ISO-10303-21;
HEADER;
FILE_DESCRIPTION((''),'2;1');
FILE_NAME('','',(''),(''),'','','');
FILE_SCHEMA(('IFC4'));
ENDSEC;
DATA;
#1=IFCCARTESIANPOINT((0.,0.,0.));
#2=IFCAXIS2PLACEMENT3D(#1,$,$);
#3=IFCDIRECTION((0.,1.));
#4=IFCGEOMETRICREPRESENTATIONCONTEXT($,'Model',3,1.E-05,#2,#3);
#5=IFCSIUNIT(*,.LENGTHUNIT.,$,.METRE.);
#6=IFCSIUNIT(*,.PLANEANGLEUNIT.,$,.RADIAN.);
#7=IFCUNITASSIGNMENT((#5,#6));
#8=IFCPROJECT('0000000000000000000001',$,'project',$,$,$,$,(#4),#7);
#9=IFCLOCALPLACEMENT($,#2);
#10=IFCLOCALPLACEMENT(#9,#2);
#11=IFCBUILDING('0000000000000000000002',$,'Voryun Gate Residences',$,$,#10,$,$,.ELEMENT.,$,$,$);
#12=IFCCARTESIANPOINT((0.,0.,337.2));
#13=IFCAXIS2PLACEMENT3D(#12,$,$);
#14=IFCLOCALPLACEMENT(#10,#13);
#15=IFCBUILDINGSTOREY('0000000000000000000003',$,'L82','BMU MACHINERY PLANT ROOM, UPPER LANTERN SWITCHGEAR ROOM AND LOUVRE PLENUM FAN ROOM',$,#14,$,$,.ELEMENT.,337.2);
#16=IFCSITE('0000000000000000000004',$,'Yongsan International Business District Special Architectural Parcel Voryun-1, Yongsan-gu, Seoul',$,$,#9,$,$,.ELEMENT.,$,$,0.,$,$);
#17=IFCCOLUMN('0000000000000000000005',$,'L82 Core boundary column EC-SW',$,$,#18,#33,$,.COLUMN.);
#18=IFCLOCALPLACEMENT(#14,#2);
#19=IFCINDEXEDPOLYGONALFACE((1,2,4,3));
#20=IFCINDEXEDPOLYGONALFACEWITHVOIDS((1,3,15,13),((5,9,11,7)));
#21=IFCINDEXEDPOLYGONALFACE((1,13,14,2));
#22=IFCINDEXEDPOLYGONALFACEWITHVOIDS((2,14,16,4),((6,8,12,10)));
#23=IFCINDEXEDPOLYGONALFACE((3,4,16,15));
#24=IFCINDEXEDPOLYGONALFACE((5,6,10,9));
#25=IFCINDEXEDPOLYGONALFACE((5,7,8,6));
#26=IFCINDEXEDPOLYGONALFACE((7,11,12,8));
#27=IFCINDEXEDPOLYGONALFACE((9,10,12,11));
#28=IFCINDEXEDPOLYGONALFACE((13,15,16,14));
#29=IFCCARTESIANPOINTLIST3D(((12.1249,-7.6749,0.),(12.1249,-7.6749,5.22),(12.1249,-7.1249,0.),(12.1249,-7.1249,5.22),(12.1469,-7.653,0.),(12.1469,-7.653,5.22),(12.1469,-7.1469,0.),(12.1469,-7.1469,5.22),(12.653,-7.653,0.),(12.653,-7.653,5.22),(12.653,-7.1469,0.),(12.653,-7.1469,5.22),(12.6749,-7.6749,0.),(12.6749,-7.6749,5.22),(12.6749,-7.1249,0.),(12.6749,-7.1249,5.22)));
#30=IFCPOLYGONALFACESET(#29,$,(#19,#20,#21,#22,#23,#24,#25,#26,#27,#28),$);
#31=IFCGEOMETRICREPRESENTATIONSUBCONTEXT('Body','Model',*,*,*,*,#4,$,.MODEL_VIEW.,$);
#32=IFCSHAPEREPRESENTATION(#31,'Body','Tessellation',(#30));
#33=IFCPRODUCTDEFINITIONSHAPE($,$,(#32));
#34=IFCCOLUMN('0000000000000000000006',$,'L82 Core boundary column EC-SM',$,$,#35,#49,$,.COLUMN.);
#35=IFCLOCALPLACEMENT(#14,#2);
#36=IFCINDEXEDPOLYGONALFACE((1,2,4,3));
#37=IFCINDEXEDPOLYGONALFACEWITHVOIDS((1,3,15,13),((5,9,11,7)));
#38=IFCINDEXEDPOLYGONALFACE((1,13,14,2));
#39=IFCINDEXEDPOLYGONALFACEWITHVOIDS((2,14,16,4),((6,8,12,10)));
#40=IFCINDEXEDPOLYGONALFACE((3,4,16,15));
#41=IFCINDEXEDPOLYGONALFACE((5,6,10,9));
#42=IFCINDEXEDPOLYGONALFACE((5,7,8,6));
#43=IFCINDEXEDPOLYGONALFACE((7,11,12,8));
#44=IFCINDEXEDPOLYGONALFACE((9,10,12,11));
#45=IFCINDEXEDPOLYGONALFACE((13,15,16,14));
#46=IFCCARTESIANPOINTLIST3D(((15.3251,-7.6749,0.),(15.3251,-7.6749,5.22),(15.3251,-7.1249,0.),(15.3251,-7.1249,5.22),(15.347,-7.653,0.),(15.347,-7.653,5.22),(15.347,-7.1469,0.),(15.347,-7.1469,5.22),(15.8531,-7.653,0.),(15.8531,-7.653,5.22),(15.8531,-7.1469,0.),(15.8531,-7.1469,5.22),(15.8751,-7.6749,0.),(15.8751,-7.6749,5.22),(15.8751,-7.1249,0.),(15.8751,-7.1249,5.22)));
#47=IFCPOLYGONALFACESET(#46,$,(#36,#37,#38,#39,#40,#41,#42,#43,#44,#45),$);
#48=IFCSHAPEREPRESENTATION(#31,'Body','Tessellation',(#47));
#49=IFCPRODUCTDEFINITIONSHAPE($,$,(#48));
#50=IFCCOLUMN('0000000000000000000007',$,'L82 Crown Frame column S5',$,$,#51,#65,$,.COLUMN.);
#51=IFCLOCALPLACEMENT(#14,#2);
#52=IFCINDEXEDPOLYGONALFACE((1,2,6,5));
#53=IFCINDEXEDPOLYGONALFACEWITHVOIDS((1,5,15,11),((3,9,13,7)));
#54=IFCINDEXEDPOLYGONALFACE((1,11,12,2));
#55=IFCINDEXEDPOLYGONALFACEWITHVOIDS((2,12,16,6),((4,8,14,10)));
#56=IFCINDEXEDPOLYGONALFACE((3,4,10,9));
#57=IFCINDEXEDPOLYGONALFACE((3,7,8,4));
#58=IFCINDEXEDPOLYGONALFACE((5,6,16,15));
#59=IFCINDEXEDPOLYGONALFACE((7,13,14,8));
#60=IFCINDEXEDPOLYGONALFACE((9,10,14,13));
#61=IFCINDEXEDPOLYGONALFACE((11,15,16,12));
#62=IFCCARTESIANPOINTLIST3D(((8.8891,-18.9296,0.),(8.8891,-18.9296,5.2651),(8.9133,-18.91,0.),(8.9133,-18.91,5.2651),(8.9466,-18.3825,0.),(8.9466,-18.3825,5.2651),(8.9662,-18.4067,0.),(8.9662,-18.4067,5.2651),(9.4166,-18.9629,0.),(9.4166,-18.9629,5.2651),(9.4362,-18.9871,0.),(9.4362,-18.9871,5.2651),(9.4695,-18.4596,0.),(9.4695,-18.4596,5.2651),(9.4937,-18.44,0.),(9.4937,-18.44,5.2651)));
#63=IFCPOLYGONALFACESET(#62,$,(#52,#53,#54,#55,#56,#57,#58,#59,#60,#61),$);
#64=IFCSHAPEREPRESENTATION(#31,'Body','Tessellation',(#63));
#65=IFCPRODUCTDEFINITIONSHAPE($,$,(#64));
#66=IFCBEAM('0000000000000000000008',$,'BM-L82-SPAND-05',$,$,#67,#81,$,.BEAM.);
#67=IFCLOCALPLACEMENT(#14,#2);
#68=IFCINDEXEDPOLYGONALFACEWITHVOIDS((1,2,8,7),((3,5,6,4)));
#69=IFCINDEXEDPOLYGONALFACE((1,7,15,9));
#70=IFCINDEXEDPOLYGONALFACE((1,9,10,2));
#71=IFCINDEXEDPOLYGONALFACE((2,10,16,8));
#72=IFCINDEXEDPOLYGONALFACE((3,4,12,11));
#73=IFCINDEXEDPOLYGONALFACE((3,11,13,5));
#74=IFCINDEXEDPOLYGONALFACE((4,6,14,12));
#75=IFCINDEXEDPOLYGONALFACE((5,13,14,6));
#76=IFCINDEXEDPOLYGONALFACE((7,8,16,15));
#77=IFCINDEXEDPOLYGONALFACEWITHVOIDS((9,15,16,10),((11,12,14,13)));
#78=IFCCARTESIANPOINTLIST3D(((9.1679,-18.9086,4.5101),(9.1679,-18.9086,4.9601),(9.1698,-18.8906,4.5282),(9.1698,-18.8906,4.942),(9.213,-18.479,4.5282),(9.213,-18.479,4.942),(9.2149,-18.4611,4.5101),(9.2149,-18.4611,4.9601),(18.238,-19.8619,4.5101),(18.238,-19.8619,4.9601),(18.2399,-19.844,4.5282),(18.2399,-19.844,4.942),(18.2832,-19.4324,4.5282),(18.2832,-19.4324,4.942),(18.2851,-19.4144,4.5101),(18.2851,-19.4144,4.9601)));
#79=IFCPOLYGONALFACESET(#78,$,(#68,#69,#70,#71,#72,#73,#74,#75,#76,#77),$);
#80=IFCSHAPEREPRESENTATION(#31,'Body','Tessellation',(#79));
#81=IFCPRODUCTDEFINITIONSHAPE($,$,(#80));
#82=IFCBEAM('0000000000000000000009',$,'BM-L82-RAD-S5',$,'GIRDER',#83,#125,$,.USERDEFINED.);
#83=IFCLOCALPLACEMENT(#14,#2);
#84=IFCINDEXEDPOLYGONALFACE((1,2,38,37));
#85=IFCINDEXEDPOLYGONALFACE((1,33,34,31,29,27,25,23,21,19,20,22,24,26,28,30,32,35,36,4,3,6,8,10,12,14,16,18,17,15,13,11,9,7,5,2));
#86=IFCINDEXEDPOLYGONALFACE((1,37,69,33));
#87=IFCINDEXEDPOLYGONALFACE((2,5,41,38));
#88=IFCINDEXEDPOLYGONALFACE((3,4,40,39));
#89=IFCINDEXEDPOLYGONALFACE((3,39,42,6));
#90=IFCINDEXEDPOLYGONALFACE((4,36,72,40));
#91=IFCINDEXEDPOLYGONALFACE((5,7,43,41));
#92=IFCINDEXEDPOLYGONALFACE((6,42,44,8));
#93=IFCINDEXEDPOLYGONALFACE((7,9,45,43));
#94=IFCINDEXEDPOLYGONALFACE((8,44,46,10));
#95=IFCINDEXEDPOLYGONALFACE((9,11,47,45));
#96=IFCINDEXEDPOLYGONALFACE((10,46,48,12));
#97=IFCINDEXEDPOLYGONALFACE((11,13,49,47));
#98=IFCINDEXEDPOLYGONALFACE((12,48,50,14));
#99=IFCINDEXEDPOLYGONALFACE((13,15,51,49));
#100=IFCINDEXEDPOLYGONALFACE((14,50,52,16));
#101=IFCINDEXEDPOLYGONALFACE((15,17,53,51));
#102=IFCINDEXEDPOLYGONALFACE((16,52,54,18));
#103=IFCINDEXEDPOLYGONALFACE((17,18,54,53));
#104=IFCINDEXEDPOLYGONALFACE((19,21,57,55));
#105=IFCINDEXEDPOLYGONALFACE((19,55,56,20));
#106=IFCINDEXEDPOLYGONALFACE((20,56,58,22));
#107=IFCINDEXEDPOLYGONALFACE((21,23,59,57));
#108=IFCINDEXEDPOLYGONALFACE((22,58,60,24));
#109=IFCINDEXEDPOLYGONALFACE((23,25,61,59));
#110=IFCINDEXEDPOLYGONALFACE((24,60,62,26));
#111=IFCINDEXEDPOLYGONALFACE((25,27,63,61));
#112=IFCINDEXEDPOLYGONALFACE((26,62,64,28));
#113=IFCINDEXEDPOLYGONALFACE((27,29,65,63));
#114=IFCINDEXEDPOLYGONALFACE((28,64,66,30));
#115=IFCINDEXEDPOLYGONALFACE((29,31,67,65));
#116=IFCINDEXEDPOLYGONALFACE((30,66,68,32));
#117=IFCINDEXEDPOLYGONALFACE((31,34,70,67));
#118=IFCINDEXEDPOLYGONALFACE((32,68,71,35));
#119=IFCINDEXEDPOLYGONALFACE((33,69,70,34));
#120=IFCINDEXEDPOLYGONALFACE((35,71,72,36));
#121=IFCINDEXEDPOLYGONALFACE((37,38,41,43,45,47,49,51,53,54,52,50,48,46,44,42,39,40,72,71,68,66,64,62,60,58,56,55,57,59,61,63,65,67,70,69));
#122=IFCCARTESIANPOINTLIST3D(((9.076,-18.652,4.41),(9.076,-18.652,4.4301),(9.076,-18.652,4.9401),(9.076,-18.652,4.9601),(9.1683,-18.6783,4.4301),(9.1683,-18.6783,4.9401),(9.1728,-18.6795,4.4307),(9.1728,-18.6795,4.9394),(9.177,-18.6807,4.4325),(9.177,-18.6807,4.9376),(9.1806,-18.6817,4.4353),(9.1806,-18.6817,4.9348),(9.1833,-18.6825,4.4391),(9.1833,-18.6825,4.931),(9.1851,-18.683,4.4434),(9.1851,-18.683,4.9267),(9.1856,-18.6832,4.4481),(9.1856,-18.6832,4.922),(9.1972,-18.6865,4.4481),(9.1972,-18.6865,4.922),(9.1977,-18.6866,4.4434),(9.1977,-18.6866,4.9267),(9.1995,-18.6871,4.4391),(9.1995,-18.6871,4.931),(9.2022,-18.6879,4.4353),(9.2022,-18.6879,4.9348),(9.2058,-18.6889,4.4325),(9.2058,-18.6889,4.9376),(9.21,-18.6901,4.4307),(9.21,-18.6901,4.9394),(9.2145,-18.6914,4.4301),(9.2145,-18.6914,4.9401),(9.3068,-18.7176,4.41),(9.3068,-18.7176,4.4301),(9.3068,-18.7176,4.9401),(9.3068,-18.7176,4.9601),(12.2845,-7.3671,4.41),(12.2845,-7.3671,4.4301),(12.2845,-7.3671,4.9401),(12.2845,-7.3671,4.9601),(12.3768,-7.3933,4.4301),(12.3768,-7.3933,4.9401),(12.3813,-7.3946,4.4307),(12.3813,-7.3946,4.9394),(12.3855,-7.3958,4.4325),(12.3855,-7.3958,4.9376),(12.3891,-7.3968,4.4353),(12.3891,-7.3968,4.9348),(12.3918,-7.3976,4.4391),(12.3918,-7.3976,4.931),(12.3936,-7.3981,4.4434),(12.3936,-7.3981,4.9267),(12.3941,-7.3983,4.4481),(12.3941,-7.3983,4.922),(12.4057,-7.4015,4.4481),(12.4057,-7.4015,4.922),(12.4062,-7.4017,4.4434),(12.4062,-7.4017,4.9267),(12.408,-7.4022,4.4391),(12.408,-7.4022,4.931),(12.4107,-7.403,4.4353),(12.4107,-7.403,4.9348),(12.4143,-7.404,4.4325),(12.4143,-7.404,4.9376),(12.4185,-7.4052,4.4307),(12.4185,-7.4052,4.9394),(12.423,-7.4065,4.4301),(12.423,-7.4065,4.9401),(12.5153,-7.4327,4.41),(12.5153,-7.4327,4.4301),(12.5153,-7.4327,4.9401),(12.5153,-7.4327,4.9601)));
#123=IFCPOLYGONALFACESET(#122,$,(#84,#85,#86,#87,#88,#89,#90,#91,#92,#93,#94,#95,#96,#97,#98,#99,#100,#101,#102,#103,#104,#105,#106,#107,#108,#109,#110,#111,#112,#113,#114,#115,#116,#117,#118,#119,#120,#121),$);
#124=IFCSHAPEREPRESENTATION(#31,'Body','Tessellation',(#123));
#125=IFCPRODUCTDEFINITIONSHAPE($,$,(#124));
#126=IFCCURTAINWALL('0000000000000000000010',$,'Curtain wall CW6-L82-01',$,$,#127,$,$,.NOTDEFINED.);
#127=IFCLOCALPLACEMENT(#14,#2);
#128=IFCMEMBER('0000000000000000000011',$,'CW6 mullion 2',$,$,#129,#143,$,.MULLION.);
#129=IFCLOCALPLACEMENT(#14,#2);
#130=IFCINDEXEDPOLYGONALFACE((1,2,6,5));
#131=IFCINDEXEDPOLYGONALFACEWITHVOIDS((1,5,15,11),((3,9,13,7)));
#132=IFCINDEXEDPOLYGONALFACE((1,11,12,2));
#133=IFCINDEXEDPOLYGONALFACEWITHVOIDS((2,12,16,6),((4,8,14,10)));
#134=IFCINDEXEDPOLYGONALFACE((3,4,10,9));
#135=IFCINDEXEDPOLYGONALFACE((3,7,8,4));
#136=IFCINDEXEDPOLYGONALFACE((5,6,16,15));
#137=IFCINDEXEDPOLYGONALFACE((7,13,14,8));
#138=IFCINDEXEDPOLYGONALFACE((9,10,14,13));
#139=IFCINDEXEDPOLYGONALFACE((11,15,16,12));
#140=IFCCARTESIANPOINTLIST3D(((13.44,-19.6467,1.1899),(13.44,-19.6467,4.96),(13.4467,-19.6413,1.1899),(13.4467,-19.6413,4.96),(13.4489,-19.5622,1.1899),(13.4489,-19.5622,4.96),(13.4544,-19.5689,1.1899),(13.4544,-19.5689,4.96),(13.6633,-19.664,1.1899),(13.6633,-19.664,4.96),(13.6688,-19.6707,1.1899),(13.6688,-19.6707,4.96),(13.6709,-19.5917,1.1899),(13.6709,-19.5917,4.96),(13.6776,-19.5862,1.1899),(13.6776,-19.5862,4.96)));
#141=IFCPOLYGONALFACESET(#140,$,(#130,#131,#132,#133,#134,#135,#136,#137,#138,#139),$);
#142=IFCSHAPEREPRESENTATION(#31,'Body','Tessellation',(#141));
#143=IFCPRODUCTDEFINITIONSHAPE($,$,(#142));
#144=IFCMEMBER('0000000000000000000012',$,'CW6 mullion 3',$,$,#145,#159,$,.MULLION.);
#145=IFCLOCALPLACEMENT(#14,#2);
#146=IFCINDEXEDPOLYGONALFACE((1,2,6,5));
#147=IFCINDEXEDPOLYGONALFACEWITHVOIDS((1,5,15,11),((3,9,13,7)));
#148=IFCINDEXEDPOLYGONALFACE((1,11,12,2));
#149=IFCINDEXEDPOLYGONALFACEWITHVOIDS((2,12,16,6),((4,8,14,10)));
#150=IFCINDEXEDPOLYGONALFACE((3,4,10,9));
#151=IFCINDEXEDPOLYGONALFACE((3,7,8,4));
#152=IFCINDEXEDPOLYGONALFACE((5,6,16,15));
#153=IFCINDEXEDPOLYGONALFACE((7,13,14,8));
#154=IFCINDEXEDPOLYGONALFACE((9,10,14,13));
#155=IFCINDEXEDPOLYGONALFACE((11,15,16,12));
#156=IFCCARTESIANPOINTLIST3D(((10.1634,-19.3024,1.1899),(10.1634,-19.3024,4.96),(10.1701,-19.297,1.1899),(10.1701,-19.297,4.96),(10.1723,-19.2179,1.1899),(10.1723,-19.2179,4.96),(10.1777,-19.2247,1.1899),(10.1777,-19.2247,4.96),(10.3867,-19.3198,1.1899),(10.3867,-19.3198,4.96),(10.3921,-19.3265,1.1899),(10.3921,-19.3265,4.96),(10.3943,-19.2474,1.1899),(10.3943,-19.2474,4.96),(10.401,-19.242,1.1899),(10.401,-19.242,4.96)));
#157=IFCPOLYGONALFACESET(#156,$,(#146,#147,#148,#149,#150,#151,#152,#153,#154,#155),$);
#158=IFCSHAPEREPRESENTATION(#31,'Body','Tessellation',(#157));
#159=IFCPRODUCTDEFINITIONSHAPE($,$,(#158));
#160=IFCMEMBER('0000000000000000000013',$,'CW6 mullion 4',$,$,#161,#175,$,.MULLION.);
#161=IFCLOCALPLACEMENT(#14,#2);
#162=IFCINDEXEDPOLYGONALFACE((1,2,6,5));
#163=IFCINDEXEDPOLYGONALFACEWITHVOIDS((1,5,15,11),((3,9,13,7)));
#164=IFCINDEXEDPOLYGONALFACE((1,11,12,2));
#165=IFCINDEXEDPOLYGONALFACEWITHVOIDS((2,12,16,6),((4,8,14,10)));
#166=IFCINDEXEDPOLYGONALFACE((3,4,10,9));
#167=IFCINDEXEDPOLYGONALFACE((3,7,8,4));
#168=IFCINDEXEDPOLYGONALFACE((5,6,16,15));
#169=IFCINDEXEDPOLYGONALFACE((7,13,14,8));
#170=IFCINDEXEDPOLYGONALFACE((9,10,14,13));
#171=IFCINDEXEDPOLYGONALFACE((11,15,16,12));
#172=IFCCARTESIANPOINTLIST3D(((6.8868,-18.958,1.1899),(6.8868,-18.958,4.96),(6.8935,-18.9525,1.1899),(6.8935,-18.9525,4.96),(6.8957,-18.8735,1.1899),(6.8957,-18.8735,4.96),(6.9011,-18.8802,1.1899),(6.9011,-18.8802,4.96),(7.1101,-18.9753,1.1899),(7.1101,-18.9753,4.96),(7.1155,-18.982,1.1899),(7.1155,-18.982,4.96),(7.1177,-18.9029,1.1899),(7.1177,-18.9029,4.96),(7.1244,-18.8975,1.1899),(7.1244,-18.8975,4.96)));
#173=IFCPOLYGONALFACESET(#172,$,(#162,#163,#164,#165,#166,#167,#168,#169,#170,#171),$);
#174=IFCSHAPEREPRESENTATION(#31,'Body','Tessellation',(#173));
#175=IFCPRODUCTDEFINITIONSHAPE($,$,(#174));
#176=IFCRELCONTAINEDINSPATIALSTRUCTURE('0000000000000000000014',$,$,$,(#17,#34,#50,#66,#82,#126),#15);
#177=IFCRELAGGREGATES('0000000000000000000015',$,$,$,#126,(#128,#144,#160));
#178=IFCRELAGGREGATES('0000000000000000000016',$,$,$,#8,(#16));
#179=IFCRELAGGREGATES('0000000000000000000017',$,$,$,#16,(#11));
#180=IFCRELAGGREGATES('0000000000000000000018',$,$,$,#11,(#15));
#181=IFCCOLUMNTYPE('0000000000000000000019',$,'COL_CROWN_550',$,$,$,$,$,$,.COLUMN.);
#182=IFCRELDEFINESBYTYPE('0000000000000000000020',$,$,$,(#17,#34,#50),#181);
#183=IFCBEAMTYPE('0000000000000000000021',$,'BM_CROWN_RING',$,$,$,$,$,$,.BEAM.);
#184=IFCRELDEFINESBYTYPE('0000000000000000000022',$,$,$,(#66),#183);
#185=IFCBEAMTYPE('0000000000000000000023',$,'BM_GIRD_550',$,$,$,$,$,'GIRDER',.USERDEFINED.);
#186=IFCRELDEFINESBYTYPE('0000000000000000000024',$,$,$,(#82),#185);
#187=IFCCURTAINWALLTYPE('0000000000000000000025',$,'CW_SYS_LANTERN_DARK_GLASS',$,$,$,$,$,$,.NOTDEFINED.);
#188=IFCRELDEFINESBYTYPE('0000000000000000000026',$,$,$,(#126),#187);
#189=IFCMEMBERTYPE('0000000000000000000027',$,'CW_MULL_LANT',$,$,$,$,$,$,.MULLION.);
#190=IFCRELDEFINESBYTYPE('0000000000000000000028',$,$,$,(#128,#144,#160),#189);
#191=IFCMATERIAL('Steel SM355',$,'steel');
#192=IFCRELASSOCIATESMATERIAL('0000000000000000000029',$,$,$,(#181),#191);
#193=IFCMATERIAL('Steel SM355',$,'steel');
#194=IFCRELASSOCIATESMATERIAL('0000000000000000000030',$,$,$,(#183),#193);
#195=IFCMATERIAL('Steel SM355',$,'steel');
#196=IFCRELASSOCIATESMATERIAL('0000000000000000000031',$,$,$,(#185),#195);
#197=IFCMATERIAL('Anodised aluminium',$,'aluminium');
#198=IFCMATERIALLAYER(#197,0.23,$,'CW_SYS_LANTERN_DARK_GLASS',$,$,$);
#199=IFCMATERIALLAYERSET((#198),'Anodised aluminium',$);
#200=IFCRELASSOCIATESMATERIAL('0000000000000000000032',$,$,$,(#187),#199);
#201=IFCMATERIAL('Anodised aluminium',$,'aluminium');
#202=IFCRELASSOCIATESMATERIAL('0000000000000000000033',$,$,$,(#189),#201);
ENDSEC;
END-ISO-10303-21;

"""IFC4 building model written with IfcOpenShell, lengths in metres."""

from ifc_helpers import new_model, si_unit, direction, frame, origin, origin_2d, place, context, subcontext, project, spatial, hollow_rectangle, i_section, extrude, material, layer, layer_set, material_profile, profile_set, type_object, element, aggregate, save


model = new_model("IFC4")

# Units and contexts
model_context = context("Model", 3, precision=1e-05, world=origin(), true_north=direction((0.0, 1.0)))
body_context = subcontext(model_context, "Body", "Model", "MODEL_VIEW")
ifc_project = project(units=[si_unit("LENGTHUNIT", "METRE"), si_unit("PLANEANGLEUNIT", "RADIAN")], contexts=[model_context])

# Site, building, storey
site_placement = place(None, origin())
site = spatial("IfcSite", under=ifc_project, at=site_placement, Name="Yongsan International Business District Special Architectural Parcel Voryun-1, Yongsan-gu, Seoul", CompositionType="ELEMENT", RefElevation=0.0)
building_placement = place(site_placement, origin())
building = spatial("IfcBuilding", under=site, at=building_placement, Name="Voryun Gate Residences", CompositionType="ELEMENT")
storey_placement = place(building_placement, frame((0.0, 0.0, 337.2)))
storey = spatial("IfcBuildingStorey", under=building, at=storey_placement, Name="L82", Description="BMU MACHINERY PLANT ROOM, UPPER LANTERN SWITCHGEAR ROOM AND LOUVRE PLENUM FAN ROOM", CompositionType="ELEMENT", Elevation=337.2)

# Columns
ifc_material_1 = material(Name="Steel SM355", Category="steel")
ifc_material_profile_1 = material_profile(ifc_material_1, hollow_rectangle(XDim=0.55, YDim=0.55, WallThickness=0.022, at=origin_2d()), Name="BOX-550x550x22")
ifc_profile_set_1 = profile_set([ifc_material_profile_1], Name="Steel SM355")
column_type = type_object("IfcColumnType", Name="COL_CROWN_550", PredefinedType="COLUMN", material=ifc_profile_set_1)
for number, where, z_axis, x_axis, name in (
    (1, (12.3999, -7.3999, 0.0), (0.0, 0.0, 1.0), (1.0, 0.0, 0.0), "L82 Core boundary column EC-SW"),
    (2, (15.6001, -7.3999, 0.0), (0.0, 0.0, 1.0), (1.0, 0.0, 0.0), "L82 Core boundary column EC-SM"),
):
    element("IfcColumn", number, at=place(storey_placement, frame(where, z_axis=z_axis, x_axis=x_axis)), inside=storey, type_object=column_type, Name=name, PredefinedType="COLUMN", context=body_context, shape_type="SweptSolid", body=[
        extrude(hollow_rectangle(XDim=0.55, YDim=0.55, WallThickness=0.022, at=origin_2d()), origin(), (0.0, 0.0, 1.0), 5.22),
    ])
column_placement = place(storey_placement, frame((9.1914, -18.6848, 0.0), z_axis=(0.0, 0.0, 1.0), x_axis=(0.994522, -0.104528, 0.0)))
element("IfcColumn", 3, at=column_placement, inside=storey, type_object=column_type, Name="L82 Crown Frame column S5", PredefinedType="COLUMN", context=body_context, shape_type="SweptSolid", body=[
    extrude(hollow_rectangle(XDim=0.55, YDim=0.55, WallThickness=0.022, at=origin_2d()), origin(), (0.0, 0.0, 1.0), 5.2651),
])

# Beams
ifc_material_2 = material(Name="Steel SM355", Category="steel")
ifc_material_profile_2 = material_profile(ifc_material_2, hollow_rectangle(XDim=0.45, YDim=0.45, WallThickness=0.0181, at=origin_2d()), Name="BOX-450x450x18")
ifc_profile_set_2 = profile_set([ifc_material_profile_2], Name="Steel SM355")
beam_type_1 = type_object("IfcBeamType", Name="BM_CROWN_RING", PredefinedType="BEAM", material=ifc_profile_set_2)
beam_1_placement = place(storey_placement, frame((9.1914, -18.6848, 4.7351), z_axis=(0.994521, -0.104536, 0.0), x_axis=(0.104536, 0.994521, 0.0)))
element("IfcBeam", 4, at=beam_1_placement, inside=storey, type_object=beam_type_1, Name="BM-L82-SPAND-05", PredefinedType="BEAM", context=body_context, shape_type="SweptSolid", body=[
    extrude(hollow_rectangle(XDim=0.45, YDim=0.45, WallThickness=0.0181, at=origin_2d()), origin(), (0.0, 0.0, 1.0), 9.1201),
])
ifc_material_3 = material(Name="Steel SM355", Category="steel")
ifc_material_profile_3 = material_profile(ifc_material_3, i_section(OverallWidth=0.24, OverallDepth=0.55, WebThickness=0.012, FlangeThickness=0.02, FilletRadius=0.0181, at=origin_2d()), Name="H-550x240x12x20")
ifc_profile_set_3 = profile_set([ifc_material_profile_3], Name="Steel SM355")
beam_type_2 = type_object("IfcBeamType", Name="BM_GIRD_550", ElementType="GIRDER", PredefinedType="USERDEFINED", material=ifc_profile_set_3)
beam_2_placement = place(storey_placement, frame((12.3999, -7.3999, 4.6851), z_axis=(-0.273479, -0.961878, 0.0), x_axis=(0.961878, -0.273479, 0.0)))
element("IfcBeam", 5, at=beam_2_placement, inside=storey, type_object=beam_type_2, Name="BM-L82-RAD-S5", ObjectType="GIRDER", PredefinedType="USERDEFINED", context=body_context, shape_type="SweptSolid", body=[
    extrude(i_section(OverallWidth=0.24, OverallDepth=0.55, WebThickness=0.012, FlangeThickness=0.02, FilletRadius=0.0181, at=origin_2d()), origin(), (0.0, 0.0, 1.0), 11.7322),
])

# Curtain wall, members
ifc_material_4 = material(Name="Anodised aluminium", Category="aluminium")
ifc_layer_1 = layer(ifc_material_4, 0.23, Name="CW_SYS_LANTERN_DARK_GLASS")
ifc_layer_set_1 = layer_set([ifc_layer_1], Name="Anodised aluminium")
curtain_wall_type = type_object("IfcCurtainWallType", Name="CW_SYS_LANTERN_DARK_GLASS", PredefinedType="NOTDEFINED", material=ifc_layer_set_1)
curtain_wall_placement = place(storey_placement, origin())
curtain_wall = element("IfcCurtainWall", 6, at=curtain_wall_placement, inside=storey, type_object=curtain_wall_type, Name="Curtain wall CW6-L82-01", PredefinedType="NOTDEFINED")
ifc_material_5 = material(Name="Anodised aluminium", Category="aluminium")
ifc_material_profile_4 = material_profile(ifc_material_5, hollow_rectangle(XDim=0.085, YDim=0.23, WallThickness=0.0061, at=origin_2d()), Name="ALU-MULL-230x85x6")
ifc_profile_set_4 = profile_set([ifc_material_profile_4], Name="Anodised aluminium")
member_type_1 = type_object("IfcMemberType", Name="CW_MULL_LANT", PredefinedType="MULLION", material=ifc_profile_set_4)
member_1_placement = place(storey_placement, frame((13.5588, -19.6165, 1.1899), z_axis=(0.0, 0.0, 1.0), x_axis=(-0.104528, -0.994522, 0.0)))
member_1 = element("IfcMember", 7, at=member_1_placement, type_object=member_type_1, Name="CW6 mullion 2", PredefinedType="MULLION", context=body_context, shape_type="SweptSolid", body=[
    extrude(hollow_rectangle(XDim=0.085, YDim=0.23, WallThickness=0.0061, at=origin_2d()), origin(), (0.0, 0.0, 1.0), 3.77),
])
member_2_placement = place(storey_placement, frame((10.2822, -19.2722, 1.1899), z_axis=(0.0, 0.0, 1.0), x_axis=(-0.104528, -0.994522, 0.0)))
member_2 = element("IfcMember", 8, at=member_2_placement, type_object=member_type_1, Name="CW6 mullion 3", PredefinedType="MULLION", context=body_context, shape_type="SweptSolid", body=[
    extrude(hollow_rectangle(XDim=0.085, YDim=0.23, WallThickness=0.0061, at=origin_2d()), origin(), (0.0, 0.0, 1.0), 3.77),
])
member_3_placement = place(storey_placement, frame((7.0056, -18.9277, 1.1899), z_axis=(0.0, 0.0, 1.0), x_axis=(-0.104528, -0.994522, 0.0)))
member_3 = element("IfcMember", 9, at=member_3_placement, type_object=member_type_1, Name="CW6 mullion 4", PredefinedType="MULLION", context=body_context, shape_type="SweptSolid", body=[
    extrude(hollow_rectangle(XDim=0.085, YDim=0.23, WallThickness=0.0061, at=origin_2d()), origin(), (0.0, 0.0, 1.0), 3.77),
])

aggregate(curtain_wall, [member_1, member_2, member_3])

save(model, "model.ifc")
